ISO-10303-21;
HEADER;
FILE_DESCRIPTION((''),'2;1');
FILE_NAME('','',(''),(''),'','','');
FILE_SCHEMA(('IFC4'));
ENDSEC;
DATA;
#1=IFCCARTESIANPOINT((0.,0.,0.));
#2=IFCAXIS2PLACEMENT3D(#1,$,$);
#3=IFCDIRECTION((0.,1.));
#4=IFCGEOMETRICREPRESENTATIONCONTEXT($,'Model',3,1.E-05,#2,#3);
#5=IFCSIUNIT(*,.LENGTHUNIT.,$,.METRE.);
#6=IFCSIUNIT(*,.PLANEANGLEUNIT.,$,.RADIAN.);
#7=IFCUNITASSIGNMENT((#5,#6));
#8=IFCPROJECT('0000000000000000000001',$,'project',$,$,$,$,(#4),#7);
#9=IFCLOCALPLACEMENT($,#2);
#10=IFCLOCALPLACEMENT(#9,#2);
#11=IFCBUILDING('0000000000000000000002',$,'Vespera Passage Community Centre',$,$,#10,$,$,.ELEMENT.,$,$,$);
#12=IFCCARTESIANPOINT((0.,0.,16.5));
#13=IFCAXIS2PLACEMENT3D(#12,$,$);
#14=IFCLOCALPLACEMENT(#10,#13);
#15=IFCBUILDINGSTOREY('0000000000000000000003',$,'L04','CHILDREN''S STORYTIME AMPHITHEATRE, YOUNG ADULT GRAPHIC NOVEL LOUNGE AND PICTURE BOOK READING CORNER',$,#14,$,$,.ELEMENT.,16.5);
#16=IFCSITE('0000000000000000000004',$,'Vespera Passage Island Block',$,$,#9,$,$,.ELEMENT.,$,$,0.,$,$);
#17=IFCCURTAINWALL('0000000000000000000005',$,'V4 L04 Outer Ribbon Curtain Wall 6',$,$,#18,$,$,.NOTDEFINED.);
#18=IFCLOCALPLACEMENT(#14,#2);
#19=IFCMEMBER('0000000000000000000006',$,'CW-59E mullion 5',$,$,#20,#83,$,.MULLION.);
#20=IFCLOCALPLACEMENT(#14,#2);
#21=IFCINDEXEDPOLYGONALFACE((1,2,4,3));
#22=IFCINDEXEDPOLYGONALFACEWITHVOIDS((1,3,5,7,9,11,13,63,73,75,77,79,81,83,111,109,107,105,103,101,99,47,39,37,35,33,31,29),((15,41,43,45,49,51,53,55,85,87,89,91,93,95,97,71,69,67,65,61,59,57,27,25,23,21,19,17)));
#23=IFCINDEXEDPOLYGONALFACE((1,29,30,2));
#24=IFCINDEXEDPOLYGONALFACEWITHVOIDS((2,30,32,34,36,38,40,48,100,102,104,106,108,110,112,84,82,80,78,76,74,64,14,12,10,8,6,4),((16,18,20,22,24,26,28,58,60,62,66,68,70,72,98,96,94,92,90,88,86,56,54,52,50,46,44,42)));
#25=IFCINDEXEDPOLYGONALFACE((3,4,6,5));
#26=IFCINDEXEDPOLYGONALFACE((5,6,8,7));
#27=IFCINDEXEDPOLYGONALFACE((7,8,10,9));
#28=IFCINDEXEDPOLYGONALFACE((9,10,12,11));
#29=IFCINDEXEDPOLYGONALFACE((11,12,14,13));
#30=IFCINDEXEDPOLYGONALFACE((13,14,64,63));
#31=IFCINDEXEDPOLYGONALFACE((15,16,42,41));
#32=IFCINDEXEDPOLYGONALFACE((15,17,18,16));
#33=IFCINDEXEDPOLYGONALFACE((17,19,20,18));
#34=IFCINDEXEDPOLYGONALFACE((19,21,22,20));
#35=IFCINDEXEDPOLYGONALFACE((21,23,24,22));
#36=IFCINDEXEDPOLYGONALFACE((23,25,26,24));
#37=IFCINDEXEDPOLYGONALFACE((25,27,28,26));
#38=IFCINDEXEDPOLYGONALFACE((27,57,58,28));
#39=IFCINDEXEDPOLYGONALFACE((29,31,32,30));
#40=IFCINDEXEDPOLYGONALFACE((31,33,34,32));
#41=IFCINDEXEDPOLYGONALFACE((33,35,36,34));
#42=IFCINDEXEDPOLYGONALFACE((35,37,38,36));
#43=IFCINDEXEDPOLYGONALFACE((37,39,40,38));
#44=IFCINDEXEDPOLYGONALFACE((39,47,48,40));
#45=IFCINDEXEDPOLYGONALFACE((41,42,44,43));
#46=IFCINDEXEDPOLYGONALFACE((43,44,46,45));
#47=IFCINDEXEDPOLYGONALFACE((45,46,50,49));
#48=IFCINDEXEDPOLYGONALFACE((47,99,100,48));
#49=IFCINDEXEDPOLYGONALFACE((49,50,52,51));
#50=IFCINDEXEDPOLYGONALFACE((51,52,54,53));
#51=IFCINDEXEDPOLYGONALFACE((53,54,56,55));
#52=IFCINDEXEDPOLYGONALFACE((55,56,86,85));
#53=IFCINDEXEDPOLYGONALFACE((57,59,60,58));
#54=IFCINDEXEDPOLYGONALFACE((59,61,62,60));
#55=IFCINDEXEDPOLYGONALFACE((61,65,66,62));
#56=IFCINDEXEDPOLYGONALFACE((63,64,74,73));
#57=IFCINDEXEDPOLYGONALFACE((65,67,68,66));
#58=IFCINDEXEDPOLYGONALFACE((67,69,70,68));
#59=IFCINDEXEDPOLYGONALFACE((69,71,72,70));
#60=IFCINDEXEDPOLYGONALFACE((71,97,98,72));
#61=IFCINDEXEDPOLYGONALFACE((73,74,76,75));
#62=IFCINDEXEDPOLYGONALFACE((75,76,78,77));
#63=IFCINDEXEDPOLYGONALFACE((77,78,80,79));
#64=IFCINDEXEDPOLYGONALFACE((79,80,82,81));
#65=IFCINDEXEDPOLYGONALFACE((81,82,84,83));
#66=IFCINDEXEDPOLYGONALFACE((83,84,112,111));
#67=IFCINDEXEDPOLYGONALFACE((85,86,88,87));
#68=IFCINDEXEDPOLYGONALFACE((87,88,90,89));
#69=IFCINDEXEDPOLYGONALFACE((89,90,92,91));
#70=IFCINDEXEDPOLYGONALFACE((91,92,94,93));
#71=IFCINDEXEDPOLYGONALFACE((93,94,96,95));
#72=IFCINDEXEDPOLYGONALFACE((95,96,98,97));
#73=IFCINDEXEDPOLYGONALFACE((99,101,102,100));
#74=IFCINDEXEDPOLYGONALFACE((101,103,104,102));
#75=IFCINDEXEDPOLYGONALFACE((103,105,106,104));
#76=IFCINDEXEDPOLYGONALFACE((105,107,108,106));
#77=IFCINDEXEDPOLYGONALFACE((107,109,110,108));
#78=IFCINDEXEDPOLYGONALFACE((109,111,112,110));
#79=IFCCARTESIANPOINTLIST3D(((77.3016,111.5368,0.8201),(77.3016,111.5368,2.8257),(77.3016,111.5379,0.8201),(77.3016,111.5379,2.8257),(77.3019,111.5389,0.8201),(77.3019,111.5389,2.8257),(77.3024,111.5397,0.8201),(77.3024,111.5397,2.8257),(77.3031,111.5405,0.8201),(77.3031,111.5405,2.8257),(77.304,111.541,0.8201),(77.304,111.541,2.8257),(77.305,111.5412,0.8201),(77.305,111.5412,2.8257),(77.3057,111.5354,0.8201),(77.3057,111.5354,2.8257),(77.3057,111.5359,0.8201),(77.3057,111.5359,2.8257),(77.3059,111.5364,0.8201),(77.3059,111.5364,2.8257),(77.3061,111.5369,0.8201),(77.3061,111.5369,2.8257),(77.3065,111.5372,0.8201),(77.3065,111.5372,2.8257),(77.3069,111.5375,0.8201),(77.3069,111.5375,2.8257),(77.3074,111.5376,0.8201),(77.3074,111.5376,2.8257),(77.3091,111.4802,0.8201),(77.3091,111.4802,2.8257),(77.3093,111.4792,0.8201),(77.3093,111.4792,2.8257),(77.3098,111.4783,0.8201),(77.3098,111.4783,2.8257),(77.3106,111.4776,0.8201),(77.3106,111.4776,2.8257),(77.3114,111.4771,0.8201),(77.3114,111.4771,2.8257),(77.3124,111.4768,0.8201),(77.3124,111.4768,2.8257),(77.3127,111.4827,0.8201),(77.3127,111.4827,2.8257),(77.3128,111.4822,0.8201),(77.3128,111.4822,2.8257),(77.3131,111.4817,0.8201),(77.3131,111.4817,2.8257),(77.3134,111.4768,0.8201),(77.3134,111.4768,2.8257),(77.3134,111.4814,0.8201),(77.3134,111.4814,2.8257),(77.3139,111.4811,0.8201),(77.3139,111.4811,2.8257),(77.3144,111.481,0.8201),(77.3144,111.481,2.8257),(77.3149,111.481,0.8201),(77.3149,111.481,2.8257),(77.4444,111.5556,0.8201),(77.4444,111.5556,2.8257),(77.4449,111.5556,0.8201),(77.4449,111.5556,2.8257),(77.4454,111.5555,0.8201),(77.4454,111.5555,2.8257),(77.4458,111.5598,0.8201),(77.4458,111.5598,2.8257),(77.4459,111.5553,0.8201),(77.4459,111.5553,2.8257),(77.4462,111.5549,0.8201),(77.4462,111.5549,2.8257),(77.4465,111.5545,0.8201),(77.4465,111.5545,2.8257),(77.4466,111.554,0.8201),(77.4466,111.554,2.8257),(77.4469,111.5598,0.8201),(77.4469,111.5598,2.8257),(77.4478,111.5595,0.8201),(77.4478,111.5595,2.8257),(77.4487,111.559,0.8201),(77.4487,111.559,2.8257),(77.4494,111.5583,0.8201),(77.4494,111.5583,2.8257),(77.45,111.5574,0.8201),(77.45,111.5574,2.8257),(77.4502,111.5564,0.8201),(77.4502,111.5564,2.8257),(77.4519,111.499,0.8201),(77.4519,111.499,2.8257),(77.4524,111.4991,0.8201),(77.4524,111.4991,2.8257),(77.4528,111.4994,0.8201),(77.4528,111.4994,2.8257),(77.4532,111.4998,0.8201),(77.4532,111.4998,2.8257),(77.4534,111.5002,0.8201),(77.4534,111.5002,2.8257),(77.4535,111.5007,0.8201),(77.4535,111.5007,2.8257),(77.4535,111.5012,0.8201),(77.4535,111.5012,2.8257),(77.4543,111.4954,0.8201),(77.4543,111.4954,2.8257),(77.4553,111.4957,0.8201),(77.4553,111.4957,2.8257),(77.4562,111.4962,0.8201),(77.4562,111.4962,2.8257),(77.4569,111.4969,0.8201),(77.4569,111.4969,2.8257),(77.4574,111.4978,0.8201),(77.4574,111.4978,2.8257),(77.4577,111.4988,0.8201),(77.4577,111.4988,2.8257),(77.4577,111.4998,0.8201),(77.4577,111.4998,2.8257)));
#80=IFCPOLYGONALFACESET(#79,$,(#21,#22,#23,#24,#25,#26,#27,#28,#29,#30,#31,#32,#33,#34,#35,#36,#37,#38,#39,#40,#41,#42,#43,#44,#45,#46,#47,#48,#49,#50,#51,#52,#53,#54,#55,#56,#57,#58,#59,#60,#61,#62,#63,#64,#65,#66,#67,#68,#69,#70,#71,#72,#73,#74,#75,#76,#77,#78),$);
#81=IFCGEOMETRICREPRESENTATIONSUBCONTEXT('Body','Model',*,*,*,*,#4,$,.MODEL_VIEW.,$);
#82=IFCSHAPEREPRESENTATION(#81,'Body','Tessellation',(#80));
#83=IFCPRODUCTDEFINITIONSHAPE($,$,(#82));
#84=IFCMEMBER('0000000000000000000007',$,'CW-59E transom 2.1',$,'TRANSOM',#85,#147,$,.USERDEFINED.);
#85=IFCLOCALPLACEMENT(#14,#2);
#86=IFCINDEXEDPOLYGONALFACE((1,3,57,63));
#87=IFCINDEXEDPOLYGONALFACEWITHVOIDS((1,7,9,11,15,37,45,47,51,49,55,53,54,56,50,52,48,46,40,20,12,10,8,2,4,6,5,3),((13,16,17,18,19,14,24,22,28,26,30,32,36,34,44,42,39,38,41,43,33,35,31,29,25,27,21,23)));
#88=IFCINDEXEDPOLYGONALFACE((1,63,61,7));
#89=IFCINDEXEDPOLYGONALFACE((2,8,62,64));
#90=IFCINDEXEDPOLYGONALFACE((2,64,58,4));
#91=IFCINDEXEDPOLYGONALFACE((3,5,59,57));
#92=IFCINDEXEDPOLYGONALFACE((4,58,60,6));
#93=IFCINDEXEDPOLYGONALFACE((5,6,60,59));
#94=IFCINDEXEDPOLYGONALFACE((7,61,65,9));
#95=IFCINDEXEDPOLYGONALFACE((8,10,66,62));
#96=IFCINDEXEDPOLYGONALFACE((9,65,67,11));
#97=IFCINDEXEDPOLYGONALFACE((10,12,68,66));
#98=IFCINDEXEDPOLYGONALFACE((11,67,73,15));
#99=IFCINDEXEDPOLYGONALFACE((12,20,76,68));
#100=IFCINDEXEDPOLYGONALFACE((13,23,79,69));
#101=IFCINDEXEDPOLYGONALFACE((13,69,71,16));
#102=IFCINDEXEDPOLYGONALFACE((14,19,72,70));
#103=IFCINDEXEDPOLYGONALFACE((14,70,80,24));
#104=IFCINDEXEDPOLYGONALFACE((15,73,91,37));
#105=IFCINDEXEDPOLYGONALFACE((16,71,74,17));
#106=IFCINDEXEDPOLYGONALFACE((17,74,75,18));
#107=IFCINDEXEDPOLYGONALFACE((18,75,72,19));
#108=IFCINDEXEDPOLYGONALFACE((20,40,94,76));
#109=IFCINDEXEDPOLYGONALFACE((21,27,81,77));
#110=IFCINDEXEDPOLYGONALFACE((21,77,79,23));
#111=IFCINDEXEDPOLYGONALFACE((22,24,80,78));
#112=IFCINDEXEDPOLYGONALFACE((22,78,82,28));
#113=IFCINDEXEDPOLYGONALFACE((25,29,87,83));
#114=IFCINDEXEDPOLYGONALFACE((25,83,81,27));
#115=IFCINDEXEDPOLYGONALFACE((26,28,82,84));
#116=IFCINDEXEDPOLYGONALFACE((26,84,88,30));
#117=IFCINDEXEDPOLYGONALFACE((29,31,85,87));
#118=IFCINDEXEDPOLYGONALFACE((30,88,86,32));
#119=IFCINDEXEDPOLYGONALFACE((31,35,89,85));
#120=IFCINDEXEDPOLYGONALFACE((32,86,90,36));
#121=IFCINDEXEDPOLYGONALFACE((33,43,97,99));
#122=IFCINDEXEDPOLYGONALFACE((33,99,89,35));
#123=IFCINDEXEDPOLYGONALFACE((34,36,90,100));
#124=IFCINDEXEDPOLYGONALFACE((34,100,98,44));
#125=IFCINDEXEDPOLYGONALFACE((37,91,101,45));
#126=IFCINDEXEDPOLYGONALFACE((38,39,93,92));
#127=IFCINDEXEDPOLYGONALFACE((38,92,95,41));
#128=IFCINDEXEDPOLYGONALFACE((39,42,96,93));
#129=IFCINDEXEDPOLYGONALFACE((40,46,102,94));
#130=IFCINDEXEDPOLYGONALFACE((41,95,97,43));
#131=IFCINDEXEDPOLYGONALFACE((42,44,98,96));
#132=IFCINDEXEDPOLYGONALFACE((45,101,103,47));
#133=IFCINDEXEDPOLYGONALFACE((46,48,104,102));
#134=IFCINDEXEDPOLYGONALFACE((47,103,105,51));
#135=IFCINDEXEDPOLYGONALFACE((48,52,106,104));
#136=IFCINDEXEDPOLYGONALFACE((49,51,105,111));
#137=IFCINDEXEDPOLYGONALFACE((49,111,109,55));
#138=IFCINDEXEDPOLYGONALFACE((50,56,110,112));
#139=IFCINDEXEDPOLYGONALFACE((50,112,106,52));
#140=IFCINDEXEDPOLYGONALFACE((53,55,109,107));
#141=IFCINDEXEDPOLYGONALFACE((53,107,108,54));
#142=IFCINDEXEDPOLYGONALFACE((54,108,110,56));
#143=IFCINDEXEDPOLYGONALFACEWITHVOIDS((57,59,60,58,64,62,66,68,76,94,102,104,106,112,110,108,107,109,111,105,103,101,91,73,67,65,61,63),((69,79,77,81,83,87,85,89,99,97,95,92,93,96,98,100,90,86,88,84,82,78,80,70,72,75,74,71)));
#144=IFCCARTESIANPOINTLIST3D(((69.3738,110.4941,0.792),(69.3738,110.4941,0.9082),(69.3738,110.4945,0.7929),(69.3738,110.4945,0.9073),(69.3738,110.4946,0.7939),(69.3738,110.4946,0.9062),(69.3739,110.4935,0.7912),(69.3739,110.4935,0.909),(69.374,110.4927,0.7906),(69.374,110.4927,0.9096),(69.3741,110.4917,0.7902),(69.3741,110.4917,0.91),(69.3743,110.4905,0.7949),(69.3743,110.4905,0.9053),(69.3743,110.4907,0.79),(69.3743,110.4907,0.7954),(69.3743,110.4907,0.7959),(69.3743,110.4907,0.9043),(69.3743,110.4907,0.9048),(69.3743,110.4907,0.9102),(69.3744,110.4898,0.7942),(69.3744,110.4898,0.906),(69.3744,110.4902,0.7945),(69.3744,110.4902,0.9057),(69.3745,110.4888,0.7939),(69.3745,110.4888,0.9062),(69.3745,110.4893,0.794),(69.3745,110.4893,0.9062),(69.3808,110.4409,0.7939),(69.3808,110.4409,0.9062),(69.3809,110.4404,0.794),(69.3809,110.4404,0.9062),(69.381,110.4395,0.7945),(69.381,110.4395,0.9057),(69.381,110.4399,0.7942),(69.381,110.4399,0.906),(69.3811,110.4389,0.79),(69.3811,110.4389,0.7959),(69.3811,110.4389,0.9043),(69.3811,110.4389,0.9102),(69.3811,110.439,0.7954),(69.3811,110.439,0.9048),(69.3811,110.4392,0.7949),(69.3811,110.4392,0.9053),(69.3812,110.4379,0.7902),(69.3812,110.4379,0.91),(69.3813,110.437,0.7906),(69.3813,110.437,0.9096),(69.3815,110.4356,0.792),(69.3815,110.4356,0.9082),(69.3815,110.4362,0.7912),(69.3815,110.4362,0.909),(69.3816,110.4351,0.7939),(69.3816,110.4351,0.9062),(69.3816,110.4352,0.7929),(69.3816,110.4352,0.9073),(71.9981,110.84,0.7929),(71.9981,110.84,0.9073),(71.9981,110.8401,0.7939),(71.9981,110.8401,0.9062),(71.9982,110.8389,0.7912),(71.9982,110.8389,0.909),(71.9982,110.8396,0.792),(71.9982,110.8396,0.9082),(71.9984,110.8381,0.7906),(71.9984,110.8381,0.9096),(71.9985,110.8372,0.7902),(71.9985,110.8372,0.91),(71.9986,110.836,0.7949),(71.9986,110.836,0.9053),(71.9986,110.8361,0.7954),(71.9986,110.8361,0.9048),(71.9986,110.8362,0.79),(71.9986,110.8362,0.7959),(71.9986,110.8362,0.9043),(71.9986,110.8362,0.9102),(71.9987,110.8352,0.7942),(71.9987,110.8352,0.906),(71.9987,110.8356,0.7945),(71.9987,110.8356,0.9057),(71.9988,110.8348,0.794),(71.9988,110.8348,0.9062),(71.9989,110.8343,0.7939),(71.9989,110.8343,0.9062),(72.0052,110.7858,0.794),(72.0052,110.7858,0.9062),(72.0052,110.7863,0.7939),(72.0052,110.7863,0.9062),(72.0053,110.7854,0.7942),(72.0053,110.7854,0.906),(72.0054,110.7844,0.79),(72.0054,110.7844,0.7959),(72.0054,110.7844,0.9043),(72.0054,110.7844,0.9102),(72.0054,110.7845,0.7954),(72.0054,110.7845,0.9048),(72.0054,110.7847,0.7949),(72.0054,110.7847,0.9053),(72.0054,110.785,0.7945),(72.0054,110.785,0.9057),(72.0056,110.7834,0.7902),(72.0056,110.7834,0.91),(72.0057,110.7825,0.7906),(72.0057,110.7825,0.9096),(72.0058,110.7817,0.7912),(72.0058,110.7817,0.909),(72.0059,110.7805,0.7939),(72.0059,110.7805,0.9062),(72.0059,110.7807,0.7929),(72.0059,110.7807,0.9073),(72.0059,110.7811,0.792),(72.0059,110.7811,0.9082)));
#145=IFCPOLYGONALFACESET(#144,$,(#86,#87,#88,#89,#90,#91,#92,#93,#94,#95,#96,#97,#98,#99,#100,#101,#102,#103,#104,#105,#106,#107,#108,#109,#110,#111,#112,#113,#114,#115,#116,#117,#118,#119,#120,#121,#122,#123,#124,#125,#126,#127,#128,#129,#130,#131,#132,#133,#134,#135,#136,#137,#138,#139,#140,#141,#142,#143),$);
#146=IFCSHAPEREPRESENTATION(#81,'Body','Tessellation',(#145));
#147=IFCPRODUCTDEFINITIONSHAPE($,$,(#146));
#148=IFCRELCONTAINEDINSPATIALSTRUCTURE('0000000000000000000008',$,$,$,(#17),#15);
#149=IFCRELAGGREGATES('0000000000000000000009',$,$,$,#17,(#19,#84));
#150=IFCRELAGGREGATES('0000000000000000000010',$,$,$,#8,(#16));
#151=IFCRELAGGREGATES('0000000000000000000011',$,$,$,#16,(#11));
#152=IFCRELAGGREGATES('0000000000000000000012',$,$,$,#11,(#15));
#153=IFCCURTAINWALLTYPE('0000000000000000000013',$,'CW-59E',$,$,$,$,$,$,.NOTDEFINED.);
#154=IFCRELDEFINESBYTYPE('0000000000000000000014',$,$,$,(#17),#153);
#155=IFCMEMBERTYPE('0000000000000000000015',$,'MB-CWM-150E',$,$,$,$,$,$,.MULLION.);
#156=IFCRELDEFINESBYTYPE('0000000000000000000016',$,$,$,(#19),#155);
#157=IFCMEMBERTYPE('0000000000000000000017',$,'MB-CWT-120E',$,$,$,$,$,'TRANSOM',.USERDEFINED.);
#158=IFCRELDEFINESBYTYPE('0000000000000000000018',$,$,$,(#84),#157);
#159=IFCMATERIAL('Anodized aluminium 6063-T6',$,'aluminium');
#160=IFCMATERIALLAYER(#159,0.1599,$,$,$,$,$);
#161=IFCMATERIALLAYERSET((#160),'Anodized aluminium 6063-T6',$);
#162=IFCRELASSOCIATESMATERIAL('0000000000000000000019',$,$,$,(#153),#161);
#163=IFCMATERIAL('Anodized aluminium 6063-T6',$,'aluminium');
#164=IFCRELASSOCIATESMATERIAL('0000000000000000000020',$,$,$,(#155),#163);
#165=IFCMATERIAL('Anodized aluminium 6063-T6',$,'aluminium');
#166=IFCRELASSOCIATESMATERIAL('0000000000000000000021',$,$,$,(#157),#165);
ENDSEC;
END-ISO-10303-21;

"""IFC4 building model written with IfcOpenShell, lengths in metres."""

from ifc_helpers import new_model, si_unit, direction, frame, origin, origin_2d, place, context, subcontext, project, spatial, hollow_rectangle, extrude, material, layer, layer_set, material_profile, profile_set, type_object, element, aggregate, save


model = new_model("IFC4")

# Units and contexts
model_context = context("Model", 3, precision=1e-05, world=origin(), true_north=direction((0.0, 1.0)))
body_context = subcontext(model_context, "Body", "Model", "MODEL_VIEW")
ifc_project = project(units=[si_unit("LENGTHUNIT", "METRE"), si_unit("PLANEANGLEUNIT", "RADIAN")], contexts=[model_context])

# Site, building, storey
site_placement = place(None, origin())
site = spatial("IfcSite", under=ifc_project, at=site_placement, Name="Vespera Passage Island Block", CompositionType="ELEMENT", RefElevation=0.0)
building_placement = place(site_placement, origin())
building = spatial("IfcBuilding", under=site, at=building_placement, Name="Vespera Passage Community Centre", CompositionType="ELEMENT")
storey_placement = place(building_placement, frame((0.0, 0.0, 16.5)))
storey = spatial("IfcBuildingStorey", under=building, at=storey_placement, Name="L04", Description="CHILDREN'S STORYTIME AMPHITHEATRE, YOUNG ADULT GRAPHIC NOVEL LOUNGE AND PICTURE BOOK READING CORNER", CompositionType="ELEMENT", Elevation=16.5)

# Curtain wall, members
ifc_material_1 = material(Name="Anodized aluminium 6063-T6", Category="aluminium")
ifc_layer_1 = layer(ifc_material_1, 0.1599)
ifc_layer_set_1 = layer_set([ifc_layer_1], Name="Anodized aluminium 6063-T6")
curtain_wall_type = type_object("IfcCurtainWallType", Name="CW-59E", PredefinedType="NOTDEFINED", material=ifc_layer_set_1)
curtain_wall_placement = place(storey_placement, origin())
curtain_wall = element("IfcCurtainWall", 1, at=curtain_wall_placement, inside=storey, type_object=curtain_wall_type, Name="V4 L04 Outer Ribbon Curtain Wall 6", PredefinedType="NOTDEFINED")
ifc_material_2 = material(Name="Anodized aluminium 6063-T6", Category="aluminium")
ifc_material_profile_1 = material_profile(ifc_material_2, hollow_rectangle(XDim=0.0649, YDim=0.1499, WallThickness=0.0039, InnerFilletRadius=0.002, OuterFilletRadius=0.0039, at=origin_2d()), Name="ALU150X65X4")
ifc_profile_set_1 = profile_set([ifc_material_profile_1], Name="Anodized aluminium 6063-T6")
member_type_1 = type_object("IfcMemberType", Name="MB-CWM-150E", PredefinedType="MULLION", material=ifc_profile_set_1)
member_1_placement = place(storey_placement, frame((77.3796, 111.5183, 0.8201), z_axis=(0.0, 0.0, 1.0), x_axis=(-0.130531, 0.991444, 0.0)))
member_1 = element("IfcMember", 2, at=member_1_placement, type_object=member_type_1, Name="CW-59E mullion 5", PredefinedType="MULLION", context=body_context, shape_type="SweptSolid", body=[
    extrude(hollow_rectangle(XDim=0.0649, YDim=0.1499, WallThickness=0.0039, InnerFilletRadius=0.002, OuterFilletRadius=0.0039, at=origin_2d()), origin(), (0.0, 0.0, 1.0), 2.0056),
])
ifc_material_3 = material(Name="Anodized aluminium 6063-T6", Category="aluminium")
ifc_material_profile_2 = material_profile(ifc_material_3, hollow_rectangle(XDim=0.0601, YDim=0.1201, WallThickness=0.0039, InnerFilletRadius=0.002, OuterFilletRadius=0.0039, at=origin_2d()), Name="ALU120X60X4")
ifc_profile_set_2 = profile_set([ifc_material_profile_2], Name="Anodized aluminium 6063-T6")
member_type_2 = type_object("IfcMemberType", Name="MB-CWT-120E", ElementType="TRANSOM", PredefinedType="USERDEFINED", material=ifc_profile_set_2)
member_2_placement = place(storey_placement, frame((69.3777, 110.4648, 0.8501), z_axis=(0.991446, 0.130514, 0.0), x_axis=(-0.130514, 0.991446, 0.0)))
member_2 = element("IfcMember", 3, at=member_2_placement, type_object=member_type_2, Name="CW-59E transom 2.1", ObjectType="TRANSOM", PredefinedType="USERDEFINED", context=body_context, shape_type="SweptSolid", body=[
    extrude(hollow_rectangle(XDim=0.0601, YDim=0.1201, WallThickness=0.0039, InnerFilletRadius=0.002, OuterFilletRadius=0.0039, at=origin_2d()), origin(), (0.0, 0.0, 1.0), 2.647),
])
aggregate(curtain_wall, [member_1, member_2])

save(model, "model.ifc")
